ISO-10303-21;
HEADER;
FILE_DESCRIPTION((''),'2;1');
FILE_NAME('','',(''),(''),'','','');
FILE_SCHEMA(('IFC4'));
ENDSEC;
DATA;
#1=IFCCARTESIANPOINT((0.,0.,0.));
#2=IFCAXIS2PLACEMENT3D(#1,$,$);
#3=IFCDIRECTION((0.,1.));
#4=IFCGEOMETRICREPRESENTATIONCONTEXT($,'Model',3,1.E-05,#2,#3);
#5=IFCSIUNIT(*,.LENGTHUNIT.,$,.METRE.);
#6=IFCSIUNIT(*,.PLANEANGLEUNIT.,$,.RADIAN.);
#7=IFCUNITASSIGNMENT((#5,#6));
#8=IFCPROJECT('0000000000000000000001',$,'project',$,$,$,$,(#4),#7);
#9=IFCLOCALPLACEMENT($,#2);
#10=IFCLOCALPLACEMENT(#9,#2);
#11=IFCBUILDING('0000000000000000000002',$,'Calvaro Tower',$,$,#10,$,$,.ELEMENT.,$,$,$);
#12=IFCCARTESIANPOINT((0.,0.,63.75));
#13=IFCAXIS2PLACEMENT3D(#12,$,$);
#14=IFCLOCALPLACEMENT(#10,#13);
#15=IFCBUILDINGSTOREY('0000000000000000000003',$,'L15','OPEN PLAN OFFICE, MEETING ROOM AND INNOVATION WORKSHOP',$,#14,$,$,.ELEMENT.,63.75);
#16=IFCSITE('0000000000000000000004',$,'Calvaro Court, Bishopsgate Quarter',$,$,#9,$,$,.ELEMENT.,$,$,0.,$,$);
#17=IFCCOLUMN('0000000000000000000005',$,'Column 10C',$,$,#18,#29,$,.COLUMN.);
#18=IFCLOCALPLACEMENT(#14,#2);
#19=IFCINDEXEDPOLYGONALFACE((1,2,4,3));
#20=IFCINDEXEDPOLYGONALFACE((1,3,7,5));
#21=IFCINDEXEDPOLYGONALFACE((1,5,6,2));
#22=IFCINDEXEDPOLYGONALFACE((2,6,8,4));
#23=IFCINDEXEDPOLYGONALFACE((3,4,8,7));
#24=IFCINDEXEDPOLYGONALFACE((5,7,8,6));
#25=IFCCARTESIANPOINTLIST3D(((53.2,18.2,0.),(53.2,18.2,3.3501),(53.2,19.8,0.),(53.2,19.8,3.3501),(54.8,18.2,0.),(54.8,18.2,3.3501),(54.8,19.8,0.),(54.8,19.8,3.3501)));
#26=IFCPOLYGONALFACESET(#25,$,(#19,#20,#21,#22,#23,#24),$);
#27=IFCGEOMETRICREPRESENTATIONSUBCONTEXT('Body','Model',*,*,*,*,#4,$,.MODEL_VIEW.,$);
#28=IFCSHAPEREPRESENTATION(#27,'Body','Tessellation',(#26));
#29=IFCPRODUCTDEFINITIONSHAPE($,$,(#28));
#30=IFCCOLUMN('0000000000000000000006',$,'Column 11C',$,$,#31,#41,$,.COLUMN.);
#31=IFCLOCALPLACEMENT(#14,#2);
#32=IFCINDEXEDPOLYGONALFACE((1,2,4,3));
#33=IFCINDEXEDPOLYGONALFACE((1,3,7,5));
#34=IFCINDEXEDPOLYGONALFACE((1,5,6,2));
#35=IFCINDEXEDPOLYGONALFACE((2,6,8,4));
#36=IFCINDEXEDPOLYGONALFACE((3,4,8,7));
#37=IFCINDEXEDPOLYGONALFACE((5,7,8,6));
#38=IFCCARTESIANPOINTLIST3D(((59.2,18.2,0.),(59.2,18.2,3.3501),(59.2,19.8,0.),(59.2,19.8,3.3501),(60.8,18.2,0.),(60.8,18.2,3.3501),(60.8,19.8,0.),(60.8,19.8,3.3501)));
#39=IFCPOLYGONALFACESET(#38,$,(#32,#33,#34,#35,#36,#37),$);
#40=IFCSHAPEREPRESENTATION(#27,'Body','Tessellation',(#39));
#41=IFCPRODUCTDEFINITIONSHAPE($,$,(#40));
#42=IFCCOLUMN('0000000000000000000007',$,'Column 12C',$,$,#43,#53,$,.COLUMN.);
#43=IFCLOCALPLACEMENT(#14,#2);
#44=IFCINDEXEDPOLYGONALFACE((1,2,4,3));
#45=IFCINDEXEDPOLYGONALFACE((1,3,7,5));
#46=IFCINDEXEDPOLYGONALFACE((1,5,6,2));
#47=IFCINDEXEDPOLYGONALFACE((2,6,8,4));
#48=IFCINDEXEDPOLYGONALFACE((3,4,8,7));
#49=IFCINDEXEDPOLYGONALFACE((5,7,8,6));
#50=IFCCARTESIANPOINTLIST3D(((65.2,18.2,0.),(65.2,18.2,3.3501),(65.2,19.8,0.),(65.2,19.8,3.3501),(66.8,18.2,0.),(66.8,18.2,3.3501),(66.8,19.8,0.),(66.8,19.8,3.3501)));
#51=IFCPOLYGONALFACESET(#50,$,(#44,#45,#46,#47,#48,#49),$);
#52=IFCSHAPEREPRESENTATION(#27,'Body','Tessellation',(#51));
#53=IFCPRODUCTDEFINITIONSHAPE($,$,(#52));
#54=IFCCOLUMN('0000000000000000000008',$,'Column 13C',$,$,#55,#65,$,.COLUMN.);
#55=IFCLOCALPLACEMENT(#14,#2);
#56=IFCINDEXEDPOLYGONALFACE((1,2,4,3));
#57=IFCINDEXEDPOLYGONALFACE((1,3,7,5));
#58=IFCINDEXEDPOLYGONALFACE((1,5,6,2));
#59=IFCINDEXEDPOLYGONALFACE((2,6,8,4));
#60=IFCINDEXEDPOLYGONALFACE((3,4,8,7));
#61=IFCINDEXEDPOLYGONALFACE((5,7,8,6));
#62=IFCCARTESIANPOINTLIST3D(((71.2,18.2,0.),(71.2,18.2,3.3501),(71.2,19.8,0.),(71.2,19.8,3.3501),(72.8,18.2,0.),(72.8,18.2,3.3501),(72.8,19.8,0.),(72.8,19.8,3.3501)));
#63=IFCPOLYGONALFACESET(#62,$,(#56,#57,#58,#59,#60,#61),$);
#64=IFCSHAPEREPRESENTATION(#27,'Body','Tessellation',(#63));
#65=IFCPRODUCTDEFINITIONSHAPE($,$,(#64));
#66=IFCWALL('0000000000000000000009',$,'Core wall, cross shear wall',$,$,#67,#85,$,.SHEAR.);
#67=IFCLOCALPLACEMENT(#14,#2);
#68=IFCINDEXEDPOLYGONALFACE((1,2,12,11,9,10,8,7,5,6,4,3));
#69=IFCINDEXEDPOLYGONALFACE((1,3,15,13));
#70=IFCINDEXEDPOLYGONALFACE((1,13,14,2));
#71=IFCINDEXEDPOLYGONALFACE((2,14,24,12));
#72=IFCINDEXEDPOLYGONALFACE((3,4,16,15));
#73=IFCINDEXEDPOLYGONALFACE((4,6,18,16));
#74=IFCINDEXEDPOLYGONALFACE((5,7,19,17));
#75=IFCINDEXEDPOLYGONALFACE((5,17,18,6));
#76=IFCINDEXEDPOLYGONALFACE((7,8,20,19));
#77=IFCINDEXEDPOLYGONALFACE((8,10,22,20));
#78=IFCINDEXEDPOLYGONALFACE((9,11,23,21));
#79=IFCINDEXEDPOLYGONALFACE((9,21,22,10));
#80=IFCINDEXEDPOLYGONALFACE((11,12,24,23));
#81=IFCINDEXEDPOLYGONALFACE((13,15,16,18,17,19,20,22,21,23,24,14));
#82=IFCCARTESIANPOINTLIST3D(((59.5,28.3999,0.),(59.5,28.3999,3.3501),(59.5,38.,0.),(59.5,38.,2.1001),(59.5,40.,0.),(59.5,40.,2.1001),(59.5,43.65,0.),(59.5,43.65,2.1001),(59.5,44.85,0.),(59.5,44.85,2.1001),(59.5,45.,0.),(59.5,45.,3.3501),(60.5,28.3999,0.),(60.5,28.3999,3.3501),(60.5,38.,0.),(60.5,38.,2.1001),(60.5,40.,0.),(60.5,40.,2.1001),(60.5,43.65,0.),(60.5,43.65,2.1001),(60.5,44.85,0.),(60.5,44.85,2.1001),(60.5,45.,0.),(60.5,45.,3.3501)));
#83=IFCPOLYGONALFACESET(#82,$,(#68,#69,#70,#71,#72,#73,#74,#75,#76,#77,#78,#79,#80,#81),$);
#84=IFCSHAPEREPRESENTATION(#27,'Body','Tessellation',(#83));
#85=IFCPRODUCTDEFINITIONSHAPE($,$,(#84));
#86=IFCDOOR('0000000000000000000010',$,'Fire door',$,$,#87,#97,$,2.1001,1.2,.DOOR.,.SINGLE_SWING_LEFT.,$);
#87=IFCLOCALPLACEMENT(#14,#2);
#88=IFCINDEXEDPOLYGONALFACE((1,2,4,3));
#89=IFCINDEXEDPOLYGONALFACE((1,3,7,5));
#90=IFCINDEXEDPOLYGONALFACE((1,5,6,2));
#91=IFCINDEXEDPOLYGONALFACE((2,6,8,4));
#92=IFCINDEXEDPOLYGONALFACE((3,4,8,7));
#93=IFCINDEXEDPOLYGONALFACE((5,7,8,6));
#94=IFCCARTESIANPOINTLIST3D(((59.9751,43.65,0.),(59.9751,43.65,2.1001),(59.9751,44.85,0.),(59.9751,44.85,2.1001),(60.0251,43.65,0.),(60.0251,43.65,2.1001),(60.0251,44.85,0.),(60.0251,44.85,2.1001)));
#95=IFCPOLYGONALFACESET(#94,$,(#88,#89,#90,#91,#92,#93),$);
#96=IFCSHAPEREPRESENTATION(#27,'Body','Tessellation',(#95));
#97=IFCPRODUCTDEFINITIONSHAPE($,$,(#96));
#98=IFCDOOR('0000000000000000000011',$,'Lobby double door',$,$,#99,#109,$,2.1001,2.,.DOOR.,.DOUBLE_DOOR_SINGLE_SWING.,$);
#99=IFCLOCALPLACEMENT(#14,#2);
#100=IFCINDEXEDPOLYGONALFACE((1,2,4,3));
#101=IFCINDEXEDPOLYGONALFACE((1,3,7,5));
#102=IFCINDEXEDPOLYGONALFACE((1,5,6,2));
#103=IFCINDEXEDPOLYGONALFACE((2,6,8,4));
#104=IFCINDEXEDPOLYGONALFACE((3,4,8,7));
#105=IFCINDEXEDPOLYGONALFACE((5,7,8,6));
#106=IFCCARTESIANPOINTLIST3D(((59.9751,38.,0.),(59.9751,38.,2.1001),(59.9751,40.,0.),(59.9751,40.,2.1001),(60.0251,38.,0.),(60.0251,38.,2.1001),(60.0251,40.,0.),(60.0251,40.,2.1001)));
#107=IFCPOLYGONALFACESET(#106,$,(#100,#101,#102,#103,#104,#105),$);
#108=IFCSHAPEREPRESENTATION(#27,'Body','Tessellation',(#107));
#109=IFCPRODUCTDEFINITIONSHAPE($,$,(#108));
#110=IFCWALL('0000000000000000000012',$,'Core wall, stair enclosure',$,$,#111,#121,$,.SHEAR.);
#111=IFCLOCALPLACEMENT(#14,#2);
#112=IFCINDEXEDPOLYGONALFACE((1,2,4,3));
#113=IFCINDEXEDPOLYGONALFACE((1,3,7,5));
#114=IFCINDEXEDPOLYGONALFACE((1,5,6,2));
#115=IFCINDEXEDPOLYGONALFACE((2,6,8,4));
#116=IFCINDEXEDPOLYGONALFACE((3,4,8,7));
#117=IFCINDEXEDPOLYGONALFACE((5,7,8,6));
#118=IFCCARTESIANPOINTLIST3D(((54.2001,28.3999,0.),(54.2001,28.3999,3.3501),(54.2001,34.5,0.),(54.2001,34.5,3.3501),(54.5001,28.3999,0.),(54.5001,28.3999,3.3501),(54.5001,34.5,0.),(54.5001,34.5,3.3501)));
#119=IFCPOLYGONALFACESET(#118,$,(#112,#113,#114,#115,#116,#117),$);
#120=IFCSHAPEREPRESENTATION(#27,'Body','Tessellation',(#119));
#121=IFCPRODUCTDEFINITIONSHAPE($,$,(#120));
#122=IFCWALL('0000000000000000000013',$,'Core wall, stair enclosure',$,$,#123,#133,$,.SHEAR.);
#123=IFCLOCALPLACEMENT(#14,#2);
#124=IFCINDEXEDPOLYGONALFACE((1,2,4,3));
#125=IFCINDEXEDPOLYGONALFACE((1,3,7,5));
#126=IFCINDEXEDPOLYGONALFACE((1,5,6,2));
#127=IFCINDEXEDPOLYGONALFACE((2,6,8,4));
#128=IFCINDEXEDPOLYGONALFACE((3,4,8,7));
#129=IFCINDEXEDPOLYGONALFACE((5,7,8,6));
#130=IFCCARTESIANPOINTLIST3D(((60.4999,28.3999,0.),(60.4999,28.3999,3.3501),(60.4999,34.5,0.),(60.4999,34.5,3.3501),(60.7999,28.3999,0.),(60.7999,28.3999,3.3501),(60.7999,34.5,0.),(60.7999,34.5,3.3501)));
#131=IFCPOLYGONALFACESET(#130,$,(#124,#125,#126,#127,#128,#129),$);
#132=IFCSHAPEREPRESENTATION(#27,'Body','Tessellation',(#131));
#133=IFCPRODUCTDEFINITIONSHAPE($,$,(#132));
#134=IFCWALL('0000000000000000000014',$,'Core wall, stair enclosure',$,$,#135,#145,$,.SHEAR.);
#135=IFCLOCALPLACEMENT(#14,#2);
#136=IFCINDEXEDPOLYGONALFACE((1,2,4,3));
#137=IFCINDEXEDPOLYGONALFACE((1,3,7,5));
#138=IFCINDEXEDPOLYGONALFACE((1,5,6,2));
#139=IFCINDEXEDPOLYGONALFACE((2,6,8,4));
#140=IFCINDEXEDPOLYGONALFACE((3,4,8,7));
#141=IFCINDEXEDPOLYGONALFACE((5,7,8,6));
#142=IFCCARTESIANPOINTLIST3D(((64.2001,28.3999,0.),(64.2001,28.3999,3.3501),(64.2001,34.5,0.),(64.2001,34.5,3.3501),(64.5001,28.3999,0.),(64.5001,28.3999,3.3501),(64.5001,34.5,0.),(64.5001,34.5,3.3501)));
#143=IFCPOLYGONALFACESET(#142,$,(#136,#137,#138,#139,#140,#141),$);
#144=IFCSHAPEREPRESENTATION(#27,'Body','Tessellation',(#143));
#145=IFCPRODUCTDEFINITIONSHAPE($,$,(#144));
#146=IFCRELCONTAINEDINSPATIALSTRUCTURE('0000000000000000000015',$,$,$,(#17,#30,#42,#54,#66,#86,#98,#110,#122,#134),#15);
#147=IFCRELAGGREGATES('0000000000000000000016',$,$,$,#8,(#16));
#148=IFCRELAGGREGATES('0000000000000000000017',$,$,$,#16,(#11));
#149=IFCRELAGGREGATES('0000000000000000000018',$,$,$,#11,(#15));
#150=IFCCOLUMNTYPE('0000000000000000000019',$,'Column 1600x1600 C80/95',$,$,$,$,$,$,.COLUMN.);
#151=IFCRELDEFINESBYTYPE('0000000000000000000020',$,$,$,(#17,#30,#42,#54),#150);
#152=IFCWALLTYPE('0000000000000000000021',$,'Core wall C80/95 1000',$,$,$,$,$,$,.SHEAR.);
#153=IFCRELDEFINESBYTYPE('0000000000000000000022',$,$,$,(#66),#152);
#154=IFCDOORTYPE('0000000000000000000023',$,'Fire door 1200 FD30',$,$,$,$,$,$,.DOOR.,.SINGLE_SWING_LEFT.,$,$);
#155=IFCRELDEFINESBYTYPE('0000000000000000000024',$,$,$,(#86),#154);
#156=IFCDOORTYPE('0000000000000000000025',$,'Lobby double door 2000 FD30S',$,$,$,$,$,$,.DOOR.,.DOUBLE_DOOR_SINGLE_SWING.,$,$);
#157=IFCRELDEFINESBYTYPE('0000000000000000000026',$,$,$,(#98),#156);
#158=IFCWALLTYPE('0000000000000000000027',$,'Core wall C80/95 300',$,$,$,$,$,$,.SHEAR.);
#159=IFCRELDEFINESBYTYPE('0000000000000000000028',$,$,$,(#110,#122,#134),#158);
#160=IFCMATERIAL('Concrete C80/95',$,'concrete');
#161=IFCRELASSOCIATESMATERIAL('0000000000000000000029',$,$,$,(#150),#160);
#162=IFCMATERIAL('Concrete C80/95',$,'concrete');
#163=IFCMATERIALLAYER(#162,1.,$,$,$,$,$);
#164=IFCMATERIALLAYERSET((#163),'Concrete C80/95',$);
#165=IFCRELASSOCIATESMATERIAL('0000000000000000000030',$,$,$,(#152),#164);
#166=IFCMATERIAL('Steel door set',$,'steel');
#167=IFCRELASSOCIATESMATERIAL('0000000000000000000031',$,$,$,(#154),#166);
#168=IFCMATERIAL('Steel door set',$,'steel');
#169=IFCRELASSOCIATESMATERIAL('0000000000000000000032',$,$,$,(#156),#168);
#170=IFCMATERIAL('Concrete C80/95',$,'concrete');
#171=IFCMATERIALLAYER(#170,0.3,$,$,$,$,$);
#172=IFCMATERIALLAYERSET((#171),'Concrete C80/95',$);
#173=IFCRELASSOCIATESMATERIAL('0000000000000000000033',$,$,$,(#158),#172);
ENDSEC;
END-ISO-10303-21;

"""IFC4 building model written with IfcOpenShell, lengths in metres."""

from ifc_helpers import new_model, si_unit, direction, frame, frame_2d, origin, origin_2d, place, context, subcontext, project, spatial, rectangle, extrude, material, layer, layer_set, material_profile, profile_set, type_object, element, fill, save


model = new_model("IFC4")

# Units and contexts
model_context = context("Model", 3, precision=1e-05, world=origin(), true_north=direction((0.0, 1.0)))
body_context = subcontext(model_context, "Body", "Model", "MODEL_VIEW")
ifc_project = project(units=[si_unit("LENGTHUNIT", "METRE"), si_unit("PLANEANGLEUNIT", "RADIAN")], contexts=[model_context])

# Site, building, storey
site_placement = place(None, origin())
site = spatial("IfcSite", under=ifc_project, at=site_placement, Name="Calvaro Court, Bishopsgate Quarter", CompositionType="ELEMENT", RefElevation=0.0)
building_placement = place(site_placement, origin())
building = spatial("IfcBuilding", under=site, at=building_placement, Name="Calvaro Tower", CompositionType="ELEMENT")
storey_placement = place(building_placement, frame((0.0, 0.0, 63.75)))
storey = spatial("IfcBuildingStorey", under=building, at=storey_placement, Name="L15", Description="OPEN PLAN OFFICE, MEETING ROOM AND INNOVATION WORKSHOP", CompositionType="ELEMENT", Elevation=63.75)

# Columns
ifc_material_1 = material(Name="Concrete C80/95", Category="concrete")
ifc_material_profile = material_profile(ifc_material_1, rectangle(XDim=1.6001, YDim=1.6001, at=origin_2d()), Name="RC 1600x1600")
ifc_profile_set = profile_set([ifc_material_profile], Name="Concrete C80/95")
column_type = type_object("IfcColumnType", Name="Column 1600x1600 C80/95", PredefinedType="COLUMN", material=ifc_profile_set)
for number, where, z_axis, x_axis, name in (
    (1, (54.0, 19.0, 0.0), (0.0, 0.0, 1.0), (1.0, 0.0, 0.0), "Column 10C"),
    (2, (60.0, 19.0, 0.0), (0.0, 0.0, 1.0), (1.0, 0.0, 0.0), "Column 11C"),
    (3, (66.0, 19.0, 0.0), (0.0, 0.0, 1.0), (1.0, 0.0, 0.0), "Column 12C"),
    (4, (72.0, 19.0, 0.0), (0.0, 0.0, 1.0), (1.0, 0.0, 0.0), "Column 13C"),
):
    element("IfcColumn", number, at=place(storey_placement, frame(where, z_axis=z_axis, x_axis=x_axis)), inside=storey, type_object=column_type, Name=name, PredefinedType="COLUMN", context=body_context, shape_type="SweptSolid", body=[
        extrude(rectangle(XDim=1.6001, YDim=1.6001, at=origin_2d()), origin(), (0.0, 0.0, 1.0), 3.3501),
    ])

# Wall, openings, doors
ifc_material_2 = material(Name="Concrete C80/95", Category="concrete")
ifc_layer_1 = layer(ifc_material_2, 1.0)
ifc_layer_set_1 = layer_set([ifc_layer_1], Name="Concrete C80/95")
wall_type_1 = type_object("IfcWallType", Name="Core wall C80/95 1000", PredefinedType="SHEAR", material=ifc_layer_set_1)
wall_1_placement = place(storey_placement, frame((60.0, 28.3999, 0.0), z_axis=(0.0, 0.0, 1.0), x_axis=(0.0, 1.0, 0.0)))
wall_1 = element("IfcWall", 5, at=wall_1_placement, inside=storey, type_object=wall_type_1, Name="Core wall, cross shear wall", PredefinedType="SHEAR", context=body_context, shape_type="SweptSolid", body=[
    extrude(rectangle(XDim=16.6001, YDim=1.0, at=frame_2d((8.3, 0.0))), origin(), (0.0, 0.0, 1.0), 3.3501),
])
opening_1_placement = place(wall_1_placement, frame((9.6001, 0.0, 0.0)))
opening_1 = element("IfcOpeningElement", 6, at=opening_1_placement, cuts=wall_1, PredefinedType="OPENING", context=body_context, shape_type="SweptSolid", body=[
    extrude(rectangle(XDim=2.0, YDim=2.1001, at=frame_2d((1.0, 1.05))), frame((0.0, 0.51, 0.0), z_axis=(0.0, -1.0, 0.0), x_axis=(1.0, 0.0, 0.0)), (0.0, 0.0, 1.0), 1.02),
])
opening_2_placement = place(wall_1_placement, frame((15.25, 0.0, 0.0)))
opening_2 = element("IfcOpeningElement", 7, at=opening_2_placement, cuts=wall_1, PredefinedType="OPENING", context=body_context, shape_type="SweptSolid", body=[
    extrude(rectangle(XDim=1.2, YDim=2.1001, at=frame_2d((0.6001, 1.05))), frame((0.0, 0.51, 0.0), z_axis=(0.0, -1.0, 0.0), x_axis=(1.0, 0.0, 0.0)), (0.0, 0.0, 1.0), 1.02),
])
ifc_material_3 = material(Name="Steel door set", Category="steel")
door_type_1 = type_object("IfcDoorType", Name="Fire door 1200 FD30", OperationType="SINGLE_SWING_LEFT", PredefinedType="DOOR", material=ifc_material_3)
door_1_placement = place(opening_2_placement, origin())
door_1 = element("IfcDoor", 8, at=door_1_placement, inside=storey, type_object=door_type_1, Name="Fire door", OperationType="SINGLE_SWING_LEFT", OverallHeight=2.1001, OverallWidth=1.2, PredefinedType="DOOR", context=body_context, shape_type="SweptSolid", body=[
    extrude(rectangle(XDim=1.2, YDim=2.1001, at=frame_2d((0.6001, 1.05))), frame((0.0, 0.0249, 0.0), z_axis=(0.0, -1.0, 0.0), x_axis=(1.0, 0.0, 0.0)), (0.0, 0.0, 1.0), 0.05),
])
fill(opening_2, door_1)
ifc_material_4 = material(Name="Steel door set", Category="steel")
door_type_2 = type_object("IfcDoorType", Name="Lobby double door 2000 FD30S", OperationType="DOUBLE_DOOR_SINGLE_SWING", PredefinedType="DOOR", material=ifc_material_4)
door_2_placement = place(opening_1_placement, origin())
door_2 = element("IfcDoor", 9, at=door_2_placement, inside=storey, type_object=door_type_2, Name="Lobby double door", OperationType="DOUBLE_DOOR_SINGLE_SWING", OverallHeight=2.1001, OverallWidth=2.0, PredefinedType="DOOR", context=body_context, shape_type="SweptSolid", body=[
    extrude(rectangle(XDim=2.0, YDim=2.1001, at=frame_2d((1.0, 1.05))), frame((0.0, 0.0249, 0.0), z_axis=(0.0, -1.0, 0.0), x_axis=(1.0, 0.0, 0.0)), (0.0, 0.0, 1.0), 0.05),
])
fill(opening_1, door_2)

# Walls
ifc_material_5 = material(Name="Concrete C80/95", Category="concrete")
ifc_layer_2 = layer(ifc_material_5, 0.3)
ifc_layer_set_2 = layer_set([ifc_layer_2], Name="Concrete C80/95")
wall_type_2 = type_object("IfcWallType", Name="Core wall C80/95 300", PredefinedType="SHEAR", material=ifc_layer_set_2)
for number, where, z_axis, x_axis, name in (
    (10, (54.3501, 28.3999, 0.0), (0.0, 0.0, 1.0), (0.0, 1.0, 0.0), "Core wall, stair enclosure"),
    (11, (60.6499, 28.3999, 0.0), (0.0, 0.0, 1.0), (0.0, 1.0, 0.0), "Core wall, stair enclosure"),
    (12, (64.3501, 28.3999, 0.0), (0.0, 0.0, 1.0), (0.0, 1.0, 0.0), "Core wall, stair enclosure"),
):
    element("IfcWall", number, at=place(storey_placement, frame(where, z_axis=z_axis, x_axis=x_axis)), inside=storey, type_object=wall_type_2, Name=name, PredefinedType="SHEAR", context=body_context, shape_type="SweptSolid", body=[
        extrude(rectangle(XDim=6.1001, YDim=0.3, at=frame_2d((3.05, 0.0))), origin(), (0.0, 0.0, 1.0), 3.3501),
    ])

save(model, "model.ifc")
